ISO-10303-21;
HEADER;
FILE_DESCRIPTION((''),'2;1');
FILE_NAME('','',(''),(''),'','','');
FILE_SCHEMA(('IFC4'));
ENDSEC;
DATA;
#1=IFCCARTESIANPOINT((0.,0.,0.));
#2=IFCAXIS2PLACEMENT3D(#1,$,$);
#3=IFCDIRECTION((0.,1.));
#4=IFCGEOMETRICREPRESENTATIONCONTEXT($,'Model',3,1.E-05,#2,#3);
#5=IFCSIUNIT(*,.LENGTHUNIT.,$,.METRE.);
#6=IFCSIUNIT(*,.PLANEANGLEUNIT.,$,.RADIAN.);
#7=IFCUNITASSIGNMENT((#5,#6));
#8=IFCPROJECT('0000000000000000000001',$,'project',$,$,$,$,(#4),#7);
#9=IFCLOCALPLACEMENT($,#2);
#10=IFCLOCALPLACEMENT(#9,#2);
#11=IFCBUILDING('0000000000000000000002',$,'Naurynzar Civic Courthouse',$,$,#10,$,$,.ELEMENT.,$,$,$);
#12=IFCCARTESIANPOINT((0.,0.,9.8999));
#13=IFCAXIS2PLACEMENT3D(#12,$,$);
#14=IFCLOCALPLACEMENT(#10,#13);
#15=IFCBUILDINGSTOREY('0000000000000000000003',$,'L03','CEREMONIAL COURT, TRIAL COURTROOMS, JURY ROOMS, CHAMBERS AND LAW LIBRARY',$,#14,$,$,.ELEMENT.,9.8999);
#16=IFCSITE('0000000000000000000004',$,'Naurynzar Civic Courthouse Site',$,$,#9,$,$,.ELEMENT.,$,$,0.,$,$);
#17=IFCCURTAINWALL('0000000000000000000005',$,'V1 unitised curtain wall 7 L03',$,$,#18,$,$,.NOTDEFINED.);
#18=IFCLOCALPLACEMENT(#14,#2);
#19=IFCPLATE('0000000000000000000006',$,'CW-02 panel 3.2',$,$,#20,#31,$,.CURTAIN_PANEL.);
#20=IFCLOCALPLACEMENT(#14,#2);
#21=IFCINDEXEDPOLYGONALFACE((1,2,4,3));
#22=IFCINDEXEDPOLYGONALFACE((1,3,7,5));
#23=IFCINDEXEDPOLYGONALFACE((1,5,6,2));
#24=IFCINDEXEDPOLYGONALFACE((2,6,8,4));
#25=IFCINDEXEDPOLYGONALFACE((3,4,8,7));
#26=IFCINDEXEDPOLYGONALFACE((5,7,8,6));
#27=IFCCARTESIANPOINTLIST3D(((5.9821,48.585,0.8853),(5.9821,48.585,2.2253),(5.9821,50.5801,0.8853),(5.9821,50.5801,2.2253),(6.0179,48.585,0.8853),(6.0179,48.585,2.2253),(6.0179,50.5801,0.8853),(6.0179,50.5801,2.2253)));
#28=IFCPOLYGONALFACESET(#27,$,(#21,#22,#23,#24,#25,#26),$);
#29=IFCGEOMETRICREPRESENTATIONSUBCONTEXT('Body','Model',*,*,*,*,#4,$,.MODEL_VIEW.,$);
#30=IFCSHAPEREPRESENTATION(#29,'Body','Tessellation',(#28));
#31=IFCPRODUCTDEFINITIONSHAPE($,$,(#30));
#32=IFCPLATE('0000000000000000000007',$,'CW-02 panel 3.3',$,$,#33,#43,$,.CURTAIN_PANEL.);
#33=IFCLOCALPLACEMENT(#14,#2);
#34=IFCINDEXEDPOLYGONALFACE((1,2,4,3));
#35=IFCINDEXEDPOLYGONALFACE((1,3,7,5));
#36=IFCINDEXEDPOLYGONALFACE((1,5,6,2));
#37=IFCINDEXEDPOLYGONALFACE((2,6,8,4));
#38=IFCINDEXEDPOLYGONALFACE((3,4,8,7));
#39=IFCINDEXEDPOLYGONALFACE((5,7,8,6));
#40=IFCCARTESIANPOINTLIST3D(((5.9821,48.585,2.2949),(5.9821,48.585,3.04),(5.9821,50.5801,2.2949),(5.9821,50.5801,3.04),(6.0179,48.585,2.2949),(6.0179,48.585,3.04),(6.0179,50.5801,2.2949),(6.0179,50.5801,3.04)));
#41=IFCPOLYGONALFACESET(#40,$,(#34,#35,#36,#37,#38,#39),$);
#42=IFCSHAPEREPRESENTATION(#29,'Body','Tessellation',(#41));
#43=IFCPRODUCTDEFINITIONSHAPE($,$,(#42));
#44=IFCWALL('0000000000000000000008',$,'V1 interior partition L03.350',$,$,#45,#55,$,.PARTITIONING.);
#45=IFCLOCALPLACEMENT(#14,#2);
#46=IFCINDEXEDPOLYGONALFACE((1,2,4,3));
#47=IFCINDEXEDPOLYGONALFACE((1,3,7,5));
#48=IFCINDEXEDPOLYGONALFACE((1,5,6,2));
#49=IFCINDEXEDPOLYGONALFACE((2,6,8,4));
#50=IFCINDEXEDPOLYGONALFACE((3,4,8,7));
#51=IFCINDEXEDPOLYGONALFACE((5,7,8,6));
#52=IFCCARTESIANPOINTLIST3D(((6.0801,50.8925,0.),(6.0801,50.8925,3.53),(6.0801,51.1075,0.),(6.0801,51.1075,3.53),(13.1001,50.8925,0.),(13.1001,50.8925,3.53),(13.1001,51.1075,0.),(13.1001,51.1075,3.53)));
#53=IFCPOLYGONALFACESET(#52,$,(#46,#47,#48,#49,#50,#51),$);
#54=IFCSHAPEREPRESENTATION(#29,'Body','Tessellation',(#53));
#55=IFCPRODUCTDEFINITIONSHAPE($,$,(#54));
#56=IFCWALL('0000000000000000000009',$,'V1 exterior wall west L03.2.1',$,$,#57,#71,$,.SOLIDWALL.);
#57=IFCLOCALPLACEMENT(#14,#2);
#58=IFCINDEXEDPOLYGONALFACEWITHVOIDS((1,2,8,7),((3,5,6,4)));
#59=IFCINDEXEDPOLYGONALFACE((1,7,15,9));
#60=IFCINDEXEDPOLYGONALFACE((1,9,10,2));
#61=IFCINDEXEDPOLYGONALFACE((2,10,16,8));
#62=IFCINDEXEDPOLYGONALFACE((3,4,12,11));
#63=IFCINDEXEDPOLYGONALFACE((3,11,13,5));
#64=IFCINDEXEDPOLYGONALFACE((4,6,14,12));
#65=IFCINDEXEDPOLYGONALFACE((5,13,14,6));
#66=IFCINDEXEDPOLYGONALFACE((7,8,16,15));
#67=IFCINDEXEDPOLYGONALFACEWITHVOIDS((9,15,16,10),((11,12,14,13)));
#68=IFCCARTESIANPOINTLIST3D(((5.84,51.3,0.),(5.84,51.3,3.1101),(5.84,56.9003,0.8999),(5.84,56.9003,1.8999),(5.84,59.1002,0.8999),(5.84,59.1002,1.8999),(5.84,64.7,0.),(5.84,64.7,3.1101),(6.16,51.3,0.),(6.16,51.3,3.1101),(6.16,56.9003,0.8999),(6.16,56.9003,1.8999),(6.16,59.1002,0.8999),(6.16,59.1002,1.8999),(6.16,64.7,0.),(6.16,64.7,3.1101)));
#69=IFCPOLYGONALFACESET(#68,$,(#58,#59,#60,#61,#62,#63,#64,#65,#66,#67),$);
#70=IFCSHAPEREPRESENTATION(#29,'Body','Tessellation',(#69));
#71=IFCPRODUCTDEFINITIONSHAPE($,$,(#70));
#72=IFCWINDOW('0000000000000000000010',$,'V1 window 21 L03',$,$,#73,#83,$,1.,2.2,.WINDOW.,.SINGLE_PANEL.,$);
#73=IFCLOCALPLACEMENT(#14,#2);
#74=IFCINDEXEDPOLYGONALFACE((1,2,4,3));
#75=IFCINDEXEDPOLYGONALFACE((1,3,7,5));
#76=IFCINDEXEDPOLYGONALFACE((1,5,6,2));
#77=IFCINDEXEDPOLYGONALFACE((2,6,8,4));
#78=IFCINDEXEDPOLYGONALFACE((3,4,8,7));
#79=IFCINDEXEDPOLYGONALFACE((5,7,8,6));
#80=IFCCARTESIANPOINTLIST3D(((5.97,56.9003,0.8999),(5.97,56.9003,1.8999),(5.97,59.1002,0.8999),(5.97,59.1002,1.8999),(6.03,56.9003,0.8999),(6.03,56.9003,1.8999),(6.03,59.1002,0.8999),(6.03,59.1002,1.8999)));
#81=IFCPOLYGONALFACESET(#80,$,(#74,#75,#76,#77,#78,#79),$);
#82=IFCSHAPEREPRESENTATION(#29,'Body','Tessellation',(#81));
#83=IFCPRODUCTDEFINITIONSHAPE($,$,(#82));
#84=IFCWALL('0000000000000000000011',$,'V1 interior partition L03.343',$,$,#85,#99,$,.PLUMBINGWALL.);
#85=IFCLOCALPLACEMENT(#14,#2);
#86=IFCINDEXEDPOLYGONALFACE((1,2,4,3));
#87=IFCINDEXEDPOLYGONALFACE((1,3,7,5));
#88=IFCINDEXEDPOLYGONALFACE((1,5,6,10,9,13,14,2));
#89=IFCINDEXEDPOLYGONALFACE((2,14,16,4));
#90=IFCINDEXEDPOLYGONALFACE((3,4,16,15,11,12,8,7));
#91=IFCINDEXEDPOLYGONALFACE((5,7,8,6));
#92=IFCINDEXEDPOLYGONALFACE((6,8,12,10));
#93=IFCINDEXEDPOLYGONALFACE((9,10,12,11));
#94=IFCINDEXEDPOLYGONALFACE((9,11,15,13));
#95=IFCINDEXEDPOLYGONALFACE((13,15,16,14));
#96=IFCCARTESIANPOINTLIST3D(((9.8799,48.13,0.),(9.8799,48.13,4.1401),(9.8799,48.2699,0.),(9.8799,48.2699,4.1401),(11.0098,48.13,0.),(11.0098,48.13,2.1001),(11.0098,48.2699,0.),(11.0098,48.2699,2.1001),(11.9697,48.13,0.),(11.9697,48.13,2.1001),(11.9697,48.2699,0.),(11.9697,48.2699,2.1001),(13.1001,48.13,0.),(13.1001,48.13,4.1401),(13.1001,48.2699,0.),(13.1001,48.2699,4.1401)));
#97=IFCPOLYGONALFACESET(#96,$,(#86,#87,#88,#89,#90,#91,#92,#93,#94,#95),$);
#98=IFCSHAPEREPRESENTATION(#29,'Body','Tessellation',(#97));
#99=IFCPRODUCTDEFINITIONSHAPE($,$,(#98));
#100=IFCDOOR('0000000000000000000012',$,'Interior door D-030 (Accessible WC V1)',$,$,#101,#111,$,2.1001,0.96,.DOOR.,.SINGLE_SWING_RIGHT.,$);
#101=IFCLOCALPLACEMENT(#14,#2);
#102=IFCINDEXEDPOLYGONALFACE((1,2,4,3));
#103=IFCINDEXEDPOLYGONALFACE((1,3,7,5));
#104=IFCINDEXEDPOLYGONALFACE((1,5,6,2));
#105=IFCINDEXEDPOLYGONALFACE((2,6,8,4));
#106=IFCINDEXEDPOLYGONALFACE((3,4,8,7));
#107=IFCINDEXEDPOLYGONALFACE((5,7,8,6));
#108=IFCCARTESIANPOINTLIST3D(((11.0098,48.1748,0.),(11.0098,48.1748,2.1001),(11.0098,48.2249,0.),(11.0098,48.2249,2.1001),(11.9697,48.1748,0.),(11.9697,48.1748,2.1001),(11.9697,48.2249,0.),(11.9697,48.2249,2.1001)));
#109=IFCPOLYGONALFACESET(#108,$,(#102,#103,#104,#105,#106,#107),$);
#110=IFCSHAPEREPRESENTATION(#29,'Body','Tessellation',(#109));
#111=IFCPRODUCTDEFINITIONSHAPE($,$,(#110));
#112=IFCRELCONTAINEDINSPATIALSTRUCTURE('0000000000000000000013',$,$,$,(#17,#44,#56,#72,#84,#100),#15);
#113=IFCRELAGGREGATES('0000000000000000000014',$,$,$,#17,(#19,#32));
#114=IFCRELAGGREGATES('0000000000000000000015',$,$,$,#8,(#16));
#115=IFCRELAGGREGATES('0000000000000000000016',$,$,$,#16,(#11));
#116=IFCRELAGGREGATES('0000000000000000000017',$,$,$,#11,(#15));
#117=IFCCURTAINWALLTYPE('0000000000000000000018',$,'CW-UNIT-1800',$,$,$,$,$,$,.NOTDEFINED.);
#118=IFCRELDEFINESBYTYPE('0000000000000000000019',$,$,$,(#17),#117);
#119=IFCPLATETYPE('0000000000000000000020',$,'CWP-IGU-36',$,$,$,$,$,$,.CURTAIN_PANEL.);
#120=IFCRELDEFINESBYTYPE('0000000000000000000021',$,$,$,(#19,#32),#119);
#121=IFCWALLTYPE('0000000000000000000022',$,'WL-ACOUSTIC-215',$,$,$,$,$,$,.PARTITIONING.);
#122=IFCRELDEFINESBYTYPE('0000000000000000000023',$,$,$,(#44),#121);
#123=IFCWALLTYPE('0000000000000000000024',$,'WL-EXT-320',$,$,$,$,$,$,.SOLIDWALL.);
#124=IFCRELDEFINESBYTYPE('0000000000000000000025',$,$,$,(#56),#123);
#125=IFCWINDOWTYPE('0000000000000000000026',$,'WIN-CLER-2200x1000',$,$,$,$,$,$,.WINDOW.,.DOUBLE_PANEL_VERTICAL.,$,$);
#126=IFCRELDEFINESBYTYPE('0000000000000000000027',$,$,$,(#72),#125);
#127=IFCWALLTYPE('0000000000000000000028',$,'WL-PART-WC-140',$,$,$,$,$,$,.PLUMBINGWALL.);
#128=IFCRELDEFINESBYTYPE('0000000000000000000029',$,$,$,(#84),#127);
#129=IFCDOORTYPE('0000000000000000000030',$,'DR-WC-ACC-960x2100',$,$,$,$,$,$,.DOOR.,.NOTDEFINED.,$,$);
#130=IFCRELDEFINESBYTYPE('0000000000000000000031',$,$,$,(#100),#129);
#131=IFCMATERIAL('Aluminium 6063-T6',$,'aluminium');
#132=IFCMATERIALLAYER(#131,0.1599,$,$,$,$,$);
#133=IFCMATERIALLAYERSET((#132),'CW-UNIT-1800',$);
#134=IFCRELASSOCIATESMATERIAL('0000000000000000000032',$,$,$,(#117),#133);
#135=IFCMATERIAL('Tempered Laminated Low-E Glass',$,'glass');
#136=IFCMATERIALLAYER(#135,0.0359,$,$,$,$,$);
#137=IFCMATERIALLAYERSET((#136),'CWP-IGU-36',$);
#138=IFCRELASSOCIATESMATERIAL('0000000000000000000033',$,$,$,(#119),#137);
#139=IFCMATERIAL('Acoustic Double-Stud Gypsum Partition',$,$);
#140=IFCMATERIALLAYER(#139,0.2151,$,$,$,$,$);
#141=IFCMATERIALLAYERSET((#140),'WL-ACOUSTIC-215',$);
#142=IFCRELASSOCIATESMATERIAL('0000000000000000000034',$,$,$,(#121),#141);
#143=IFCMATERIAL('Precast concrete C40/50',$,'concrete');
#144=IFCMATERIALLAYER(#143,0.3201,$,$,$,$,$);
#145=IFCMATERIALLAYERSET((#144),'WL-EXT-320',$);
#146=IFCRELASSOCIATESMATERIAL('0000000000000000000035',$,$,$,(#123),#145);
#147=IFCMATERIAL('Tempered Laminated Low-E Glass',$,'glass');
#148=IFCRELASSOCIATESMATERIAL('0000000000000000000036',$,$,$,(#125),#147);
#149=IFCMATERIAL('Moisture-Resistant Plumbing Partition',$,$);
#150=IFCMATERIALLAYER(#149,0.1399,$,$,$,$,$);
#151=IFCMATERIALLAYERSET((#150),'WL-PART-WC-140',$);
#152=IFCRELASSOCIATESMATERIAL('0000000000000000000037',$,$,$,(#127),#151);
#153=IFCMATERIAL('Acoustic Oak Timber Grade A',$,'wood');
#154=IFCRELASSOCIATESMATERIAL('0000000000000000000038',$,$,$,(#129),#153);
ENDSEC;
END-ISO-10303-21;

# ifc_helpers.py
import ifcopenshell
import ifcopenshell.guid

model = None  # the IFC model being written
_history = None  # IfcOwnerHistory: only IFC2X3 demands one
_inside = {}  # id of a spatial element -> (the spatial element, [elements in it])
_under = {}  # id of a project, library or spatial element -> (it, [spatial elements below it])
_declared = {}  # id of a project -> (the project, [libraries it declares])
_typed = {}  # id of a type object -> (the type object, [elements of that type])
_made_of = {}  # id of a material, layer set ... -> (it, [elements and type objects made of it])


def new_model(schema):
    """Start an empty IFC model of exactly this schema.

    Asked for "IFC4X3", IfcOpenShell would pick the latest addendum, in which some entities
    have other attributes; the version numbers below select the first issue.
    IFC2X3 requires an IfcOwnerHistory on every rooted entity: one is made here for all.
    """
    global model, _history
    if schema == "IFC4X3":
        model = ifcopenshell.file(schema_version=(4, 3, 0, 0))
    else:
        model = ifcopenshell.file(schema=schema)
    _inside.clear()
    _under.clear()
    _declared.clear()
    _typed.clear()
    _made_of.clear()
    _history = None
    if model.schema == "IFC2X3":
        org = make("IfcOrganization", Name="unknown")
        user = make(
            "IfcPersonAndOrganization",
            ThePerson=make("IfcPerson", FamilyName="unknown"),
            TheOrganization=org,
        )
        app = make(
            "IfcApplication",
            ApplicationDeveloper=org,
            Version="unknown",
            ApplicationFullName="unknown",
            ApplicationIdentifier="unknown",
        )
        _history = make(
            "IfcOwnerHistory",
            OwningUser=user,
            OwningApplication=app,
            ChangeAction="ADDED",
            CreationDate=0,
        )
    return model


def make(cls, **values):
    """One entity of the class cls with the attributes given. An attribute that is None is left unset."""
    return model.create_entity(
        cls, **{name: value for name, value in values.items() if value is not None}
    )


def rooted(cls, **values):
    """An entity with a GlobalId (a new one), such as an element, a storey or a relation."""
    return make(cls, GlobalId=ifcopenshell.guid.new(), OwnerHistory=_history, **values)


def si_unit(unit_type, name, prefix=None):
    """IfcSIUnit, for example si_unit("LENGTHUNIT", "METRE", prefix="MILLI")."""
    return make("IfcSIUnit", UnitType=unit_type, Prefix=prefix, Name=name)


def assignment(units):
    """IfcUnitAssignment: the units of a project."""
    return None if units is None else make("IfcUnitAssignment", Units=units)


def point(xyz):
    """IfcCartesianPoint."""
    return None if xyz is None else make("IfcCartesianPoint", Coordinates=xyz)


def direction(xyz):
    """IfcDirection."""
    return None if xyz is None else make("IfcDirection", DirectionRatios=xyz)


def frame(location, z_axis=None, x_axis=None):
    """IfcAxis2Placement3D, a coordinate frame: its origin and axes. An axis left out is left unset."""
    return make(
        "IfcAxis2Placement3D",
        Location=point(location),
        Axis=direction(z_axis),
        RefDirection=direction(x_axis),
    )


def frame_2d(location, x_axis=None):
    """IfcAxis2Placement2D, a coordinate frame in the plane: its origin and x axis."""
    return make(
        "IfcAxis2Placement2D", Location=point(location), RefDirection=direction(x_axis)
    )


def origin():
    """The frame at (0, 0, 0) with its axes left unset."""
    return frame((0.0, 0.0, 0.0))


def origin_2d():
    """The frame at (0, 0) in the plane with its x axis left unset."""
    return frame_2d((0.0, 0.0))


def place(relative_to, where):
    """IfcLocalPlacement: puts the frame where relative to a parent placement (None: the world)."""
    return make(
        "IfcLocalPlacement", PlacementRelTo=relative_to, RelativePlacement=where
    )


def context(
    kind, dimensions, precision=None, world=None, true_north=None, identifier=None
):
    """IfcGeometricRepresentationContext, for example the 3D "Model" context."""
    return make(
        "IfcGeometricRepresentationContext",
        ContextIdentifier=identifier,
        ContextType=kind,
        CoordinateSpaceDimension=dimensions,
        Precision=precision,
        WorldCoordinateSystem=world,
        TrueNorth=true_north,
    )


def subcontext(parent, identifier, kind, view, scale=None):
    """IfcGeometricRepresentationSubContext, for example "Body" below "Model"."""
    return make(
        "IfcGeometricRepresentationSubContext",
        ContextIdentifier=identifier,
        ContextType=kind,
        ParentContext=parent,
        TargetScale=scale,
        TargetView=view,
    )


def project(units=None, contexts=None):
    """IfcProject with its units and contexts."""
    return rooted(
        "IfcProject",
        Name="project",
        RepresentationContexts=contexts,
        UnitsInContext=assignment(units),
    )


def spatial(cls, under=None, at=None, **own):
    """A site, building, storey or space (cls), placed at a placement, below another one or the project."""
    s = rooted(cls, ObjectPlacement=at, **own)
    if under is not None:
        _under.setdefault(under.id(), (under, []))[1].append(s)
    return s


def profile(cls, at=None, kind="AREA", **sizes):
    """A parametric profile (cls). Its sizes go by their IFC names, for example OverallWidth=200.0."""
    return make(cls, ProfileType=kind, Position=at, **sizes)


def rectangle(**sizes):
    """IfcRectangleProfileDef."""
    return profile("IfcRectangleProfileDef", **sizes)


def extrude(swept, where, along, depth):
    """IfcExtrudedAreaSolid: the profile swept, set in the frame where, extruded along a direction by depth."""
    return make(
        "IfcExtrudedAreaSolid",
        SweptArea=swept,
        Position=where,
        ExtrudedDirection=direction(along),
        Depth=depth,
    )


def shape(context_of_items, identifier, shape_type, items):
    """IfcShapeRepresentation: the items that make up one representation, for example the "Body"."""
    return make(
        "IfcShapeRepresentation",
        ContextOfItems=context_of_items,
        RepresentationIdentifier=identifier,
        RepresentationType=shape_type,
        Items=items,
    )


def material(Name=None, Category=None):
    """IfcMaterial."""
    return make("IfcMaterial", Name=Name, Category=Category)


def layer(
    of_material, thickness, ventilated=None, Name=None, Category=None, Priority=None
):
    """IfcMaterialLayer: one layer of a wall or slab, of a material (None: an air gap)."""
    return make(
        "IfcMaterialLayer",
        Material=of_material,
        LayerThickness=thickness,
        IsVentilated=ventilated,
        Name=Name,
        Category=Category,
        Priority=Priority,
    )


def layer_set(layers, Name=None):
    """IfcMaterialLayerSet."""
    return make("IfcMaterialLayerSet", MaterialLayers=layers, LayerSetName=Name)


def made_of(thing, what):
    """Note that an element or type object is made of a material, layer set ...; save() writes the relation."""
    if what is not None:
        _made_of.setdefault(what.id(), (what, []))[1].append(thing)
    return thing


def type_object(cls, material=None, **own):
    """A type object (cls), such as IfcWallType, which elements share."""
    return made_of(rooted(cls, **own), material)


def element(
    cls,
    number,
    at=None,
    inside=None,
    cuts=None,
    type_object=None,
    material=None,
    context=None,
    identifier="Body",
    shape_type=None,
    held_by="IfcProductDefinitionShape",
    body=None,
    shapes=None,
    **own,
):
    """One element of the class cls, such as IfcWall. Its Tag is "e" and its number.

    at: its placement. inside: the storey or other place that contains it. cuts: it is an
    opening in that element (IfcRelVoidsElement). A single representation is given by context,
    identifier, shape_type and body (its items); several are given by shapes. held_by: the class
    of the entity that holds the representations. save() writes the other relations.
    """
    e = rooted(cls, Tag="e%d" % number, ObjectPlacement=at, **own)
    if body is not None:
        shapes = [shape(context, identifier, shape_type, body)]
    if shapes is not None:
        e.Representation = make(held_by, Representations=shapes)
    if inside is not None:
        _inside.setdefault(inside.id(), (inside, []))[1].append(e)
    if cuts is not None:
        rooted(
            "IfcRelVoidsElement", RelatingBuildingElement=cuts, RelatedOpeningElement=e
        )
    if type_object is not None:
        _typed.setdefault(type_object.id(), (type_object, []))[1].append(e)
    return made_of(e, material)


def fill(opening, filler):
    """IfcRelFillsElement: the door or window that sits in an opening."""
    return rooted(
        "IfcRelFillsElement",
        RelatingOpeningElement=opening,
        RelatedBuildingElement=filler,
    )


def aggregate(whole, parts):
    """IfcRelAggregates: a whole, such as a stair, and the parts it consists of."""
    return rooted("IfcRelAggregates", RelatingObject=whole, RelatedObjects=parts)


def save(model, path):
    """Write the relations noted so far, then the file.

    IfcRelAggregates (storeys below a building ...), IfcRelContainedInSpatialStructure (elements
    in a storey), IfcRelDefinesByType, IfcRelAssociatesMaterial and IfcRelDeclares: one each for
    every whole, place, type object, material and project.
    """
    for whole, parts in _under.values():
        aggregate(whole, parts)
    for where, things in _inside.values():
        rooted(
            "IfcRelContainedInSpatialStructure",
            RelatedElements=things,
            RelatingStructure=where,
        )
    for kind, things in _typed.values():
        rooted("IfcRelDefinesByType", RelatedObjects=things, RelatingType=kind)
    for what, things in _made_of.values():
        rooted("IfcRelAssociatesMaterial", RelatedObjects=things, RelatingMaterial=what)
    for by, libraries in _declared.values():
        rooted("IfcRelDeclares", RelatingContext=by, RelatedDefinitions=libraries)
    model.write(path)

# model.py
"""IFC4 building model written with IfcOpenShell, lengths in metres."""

from ifc_helpers import new_model, si_unit, direction, frame, frame_2d, origin, origin_2d, place, context, subcontext, project, spatial, rectangle, extrude, material, layer, layer_set, type_object, element, fill, aggregate, save


model = new_model("IFC4")

# Units and contexts
model_context = context("Model", 3, precision=1e-05, world=origin(), true_north=direction((0.0, 1.0)))
body_context = subcontext(model_context, "Body", "Model", "MODEL_VIEW")
ifc_project = project(units=[si_unit("LENGTHUNIT", "METRE"), si_unit("PLANEANGLEUNIT", "RADIAN")], contexts=[model_context])

# Site, building, storey
site_placement = place(None, origin())
site = spatial("IfcSite", under=ifc_project, at=site_placement, Name="Naurynzar Civic Courthouse Site", CompositionType="ELEMENT", RefElevation=0.0)
building_placement = place(site_placement, origin())
building = spatial("IfcBuilding", under=site, at=building_placement, Name="Naurynzar Civic Courthouse", CompositionType="ELEMENT")
storey_placement = place(building_placement, frame((0.0, 0.0, 9.8999)))
storey = spatial("IfcBuildingStorey", under=building, at=storey_placement, Name="L03", Description="CEREMONIAL COURT, TRIAL COURTROOMS, JURY ROOMS, CHAMBERS AND LAW LIBRARY", CompositionType="ELEMENT", Elevation=9.8999)

# Curtain wall, plates
ifc_material_1 = material(Name="Aluminium 6063-T6", Category="aluminium")
ifc_layer_1 = layer(ifc_material_1, 0.1599)
ifc_layer_set_1 = layer_set([ifc_layer_1], Name="CW-UNIT-1800")
curtain_wall_type = type_object("IfcCurtainWallType", Name="CW-UNIT-1800", PredefinedType="NOTDEFINED", material=ifc_layer_set_1)
curtain_wall_placement = place(storey_placement, origin())
curtain_wall = element("IfcCurtainWall", 1, at=curtain_wall_placement, inside=storey, type_object=curtain_wall_type, Name="V1 unitised curtain wall 7 L03", PredefinedType="NOTDEFINED")
ifc_material_2 = material(Name="Tempered Laminated Low-E Glass", Category="glass")
ifc_layer_2 = layer(ifc_material_2, 0.0359)
ifc_layer_set_2 = layer_set([ifc_layer_2], Name="CWP-IGU-36")
plate_type = type_object("IfcPlateType", Name="CWP-IGU-36", PredefinedType="CURTAIN_PANEL", material=ifc_layer_set_2)
plate_1_placement = place(storey_placement, frame((6.0, 49.5825, 0.8853), z_axis=(0.0, 0.0, 1.0), x_axis=(0.0, 1.0, 0.0)))
plate_1 = element("IfcPlate", 2, at=plate_1_placement, type_object=plate_type, Name="CW-02 panel 3.2", PredefinedType="CURTAIN_PANEL", context=body_context, shape_type="SweptSolid", body=[
    extrude(rectangle(XDim=1.9951, YDim=0.0359, at=origin_2d()), origin(), (0.0, 0.0, 1.0), 1.3401),
])
plate_2_placement = place(storey_placement, frame((6.0, 49.5825, 2.2949), z_axis=(0.0, 0.0, 1.0), x_axis=(0.0, 1.0, 0.0)))
plate_2 = element("IfcPlate", 3, at=plate_2_placement, type_object=plate_type, Name="CW-02 panel 3.3", PredefinedType="CURTAIN_PANEL", context=body_context, shape_type="SweptSolid", body=[
    extrude(rectangle(XDim=1.9951, YDim=0.0359, at=origin_2d()), origin(), (0.0, 0.0, 1.0), 0.7451),
])
aggregate(curtain_wall, [plate_1, plate_2])

# Wall
ifc_material_3 = material(Name="Acoustic Double-Stud Gypsum Partition")
ifc_layer_3 = layer(ifc_material_3, 0.2151)
ifc_layer_set_3 = layer_set([ifc_layer_3], Name="WL-ACOUSTIC-215")
wall_type_1 = type_object("IfcWallType", Name="WL-ACOUSTIC-215", PredefinedType="PARTITIONING", material=ifc_layer_set_3)
wall_1_placement = place(storey_placement, frame((6.0801, 51.0, 0.0), z_axis=(0.0, 0.0, 1.0), x_axis=(1.0, 0.0, 0.0)))
element("IfcWall", 4, at=wall_1_placement, inside=storey, type_object=wall_type_1, Name="V1 interior partition L03.350", PredefinedType="PARTITIONING", context=body_context, shape_type="SweptSolid", body=[
    extrude(rectangle(XDim=7.02, YDim=0.2151, at=frame_2d((3.51, 0.0))), origin(), (0.0, 0.0, 1.0), 3.53),
])

# Wall, opening, window
ifc_material_4 = material(Name="Precast concrete C40/50", Category="concrete")
ifc_layer_4 = layer(ifc_material_4, 0.3201)
ifc_layer_set_4 = layer_set([ifc_layer_4], Name="WL-EXT-320")
wall_type_2 = type_object("IfcWallType", Name="WL-EXT-320", PredefinedType="SOLIDWALL", material=ifc_layer_set_4)
wall_2_placement = place(storey_placement, frame((6.0, 51.3, 0.0), z_axis=(0.0, 0.0, 1.0), x_axis=(0.0, 1.0, 0.0)))
wall_2 = element("IfcWall", 5, at=wall_2_placement, inside=storey, type_object=wall_type_2, Name="V1 exterior wall west L03.2.1", PredefinedType="SOLIDWALL", context=body_context, shape_type="SweptSolid", body=[
    extrude(rectangle(XDim=13.3999, YDim=0.3201, at=frame_2d((6.7, 0.0))), origin(), (0.0, 0.0, 1.0), 3.1101),
])
opening_1_placement = place(wall_2_placement, frame((5.6001, 0.0, 0.8999)))
opening_1 = element("IfcOpeningElement", 6, at=opening_1_placement, cuts=wall_2, PredefinedType="OPENING", context=body_context, shape_type="SweptSolid", body=[
    extrude(rectangle(XDim=2.2, YDim=1.0, at=frame_2d((1.1001, 0.5))), frame((0.0, 0.1699, 0.0), z_axis=(0.0, -1.0, 0.0), x_axis=(1.0, 0.0, 0.0)), (0.0, 0.0, 1.0), 0.3401),
])
ifc_material_5 = material(Name="Tempered Laminated Low-E Glass", Category="glass")
window_type = type_object("IfcWindowType", Name="WIN-CLER-2200x1000", PartitioningType="DOUBLE_PANEL_VERTICAL", PredefinedType="WINDOW", material=ifc_material_5)
window_placement = place(opening_1_placement, origin())
window = element("IfcWindow", 7, at=window_placement, inside=storey, type_object=window_type, Name="V1 window 21 L03", OverallHeight=1.0, OverallWidth=2.2, PartitioningType="SINGLE_PANEL", PredefinedType="WINDOW", context=body_context, shape_type="SweptSolid", body=[
    extrude(rectangle(XDim=2.2, YDim=1.0, at=frame_2d((1.1001, 0.5))), frame((0.0, 0.03, 0.0), z_axis=(0.0, -1.0, 0.0), x_axis=(1.0, 0.0, 0.0)), (0.0, 0.0, 1.0), 0.0601),
])
fill(opening_1, window)

# Wall, opening, door
ifc_material_6 = material(Name="Moisture-Resistant Plumbing Partition")
ifc_layer_5 = layer(ifc_material_6, 0.1399)
ifc_layer_set_5 = layer_set([ifc_layer_5], Name="WL-PART-WC-140")
wall_type_3 = type_object("IfcWallType", Name="WL-PART-WC-140", PredefinedType="PLUMBINGWALL", material=ifc_layer_set_5)
wall_3_placement = place(storey_placement, frame((9.8799, 48.2, 0.0), z_axis=(0.0, 0.0, 1.0), x_axis=(1.0, 0.0, 0.0)))
wall_3 = element("IfcWall", 8, at=wall_3_placement, inside=storey, type_object=wall_type_3, Name="V1 interior partition L03.343", PredefinedType="PLUMBINGWALL", context=body_context, shape_type="SweptSolid", body=[
    extrude(rectangle(XDim=3.2202, YDim=0.1399, at=frame_2d((1.6101, 0.0))), origin(), (0.0, 0.0, 1.0), 4.1401),
])
opening_2_placement = place(wall_3_placement, frame((1.1299, 0.0, 0.0)))
opening_2 = element("IfcOpeningElement", 9, at=opening_2_placement, cuts=wall_3, PredefinedType="OPENING", context=body_context, shape_type="SweptSolid", body=[
    extrude(rectangle(XDim=0.96, YDim=2.1001, at=frame_2d((0.48, 1.05))), frame((0.0, 0.0798, 0.0), z_axis=(0.0, -1.0, 0.0), x_axis=(1.0, 0.0, 0.0)), (0.0, 0.0, 1.0), 0.1599),
])
ifc_material_7 = material(Name="Acoustic Oak Timber Grade A", Category="wood")
door_type = type_object("IfcDoorType", Name="DR-WC-ACC-960x2100", OperationType="NOTDEFINED", PredefinedType="DOOR", material=ifc_material_7)
door_placement = place(opening_2_placement, origin())
door = element("IfcDoor", 10, at=door_placement, inside=storey, type_object=door_type, Name="Interior door D-030 (Accessible WC V1)", OperationType="SINGLE_SWING_RIGHT", OverallHeight=2.1001, OverallWidth=0.96, PredefinedType="DOOR", context=body_context, shape_type="SweptSolid", body=[
    extrude(rectangle(XDim=0.96, YDim=2.1001, at=frame_2d((0.48, 1.05))), frame((0.0, 0.0249, 0.0), z_axis=(0.0, -1.0, 0.0), x_axis=(1.0, 0.0, 0.0)), (0.0, 0.0, 1.0), 0.05),
])
fill(opening_2, door)

save(model, "model.ifc")
